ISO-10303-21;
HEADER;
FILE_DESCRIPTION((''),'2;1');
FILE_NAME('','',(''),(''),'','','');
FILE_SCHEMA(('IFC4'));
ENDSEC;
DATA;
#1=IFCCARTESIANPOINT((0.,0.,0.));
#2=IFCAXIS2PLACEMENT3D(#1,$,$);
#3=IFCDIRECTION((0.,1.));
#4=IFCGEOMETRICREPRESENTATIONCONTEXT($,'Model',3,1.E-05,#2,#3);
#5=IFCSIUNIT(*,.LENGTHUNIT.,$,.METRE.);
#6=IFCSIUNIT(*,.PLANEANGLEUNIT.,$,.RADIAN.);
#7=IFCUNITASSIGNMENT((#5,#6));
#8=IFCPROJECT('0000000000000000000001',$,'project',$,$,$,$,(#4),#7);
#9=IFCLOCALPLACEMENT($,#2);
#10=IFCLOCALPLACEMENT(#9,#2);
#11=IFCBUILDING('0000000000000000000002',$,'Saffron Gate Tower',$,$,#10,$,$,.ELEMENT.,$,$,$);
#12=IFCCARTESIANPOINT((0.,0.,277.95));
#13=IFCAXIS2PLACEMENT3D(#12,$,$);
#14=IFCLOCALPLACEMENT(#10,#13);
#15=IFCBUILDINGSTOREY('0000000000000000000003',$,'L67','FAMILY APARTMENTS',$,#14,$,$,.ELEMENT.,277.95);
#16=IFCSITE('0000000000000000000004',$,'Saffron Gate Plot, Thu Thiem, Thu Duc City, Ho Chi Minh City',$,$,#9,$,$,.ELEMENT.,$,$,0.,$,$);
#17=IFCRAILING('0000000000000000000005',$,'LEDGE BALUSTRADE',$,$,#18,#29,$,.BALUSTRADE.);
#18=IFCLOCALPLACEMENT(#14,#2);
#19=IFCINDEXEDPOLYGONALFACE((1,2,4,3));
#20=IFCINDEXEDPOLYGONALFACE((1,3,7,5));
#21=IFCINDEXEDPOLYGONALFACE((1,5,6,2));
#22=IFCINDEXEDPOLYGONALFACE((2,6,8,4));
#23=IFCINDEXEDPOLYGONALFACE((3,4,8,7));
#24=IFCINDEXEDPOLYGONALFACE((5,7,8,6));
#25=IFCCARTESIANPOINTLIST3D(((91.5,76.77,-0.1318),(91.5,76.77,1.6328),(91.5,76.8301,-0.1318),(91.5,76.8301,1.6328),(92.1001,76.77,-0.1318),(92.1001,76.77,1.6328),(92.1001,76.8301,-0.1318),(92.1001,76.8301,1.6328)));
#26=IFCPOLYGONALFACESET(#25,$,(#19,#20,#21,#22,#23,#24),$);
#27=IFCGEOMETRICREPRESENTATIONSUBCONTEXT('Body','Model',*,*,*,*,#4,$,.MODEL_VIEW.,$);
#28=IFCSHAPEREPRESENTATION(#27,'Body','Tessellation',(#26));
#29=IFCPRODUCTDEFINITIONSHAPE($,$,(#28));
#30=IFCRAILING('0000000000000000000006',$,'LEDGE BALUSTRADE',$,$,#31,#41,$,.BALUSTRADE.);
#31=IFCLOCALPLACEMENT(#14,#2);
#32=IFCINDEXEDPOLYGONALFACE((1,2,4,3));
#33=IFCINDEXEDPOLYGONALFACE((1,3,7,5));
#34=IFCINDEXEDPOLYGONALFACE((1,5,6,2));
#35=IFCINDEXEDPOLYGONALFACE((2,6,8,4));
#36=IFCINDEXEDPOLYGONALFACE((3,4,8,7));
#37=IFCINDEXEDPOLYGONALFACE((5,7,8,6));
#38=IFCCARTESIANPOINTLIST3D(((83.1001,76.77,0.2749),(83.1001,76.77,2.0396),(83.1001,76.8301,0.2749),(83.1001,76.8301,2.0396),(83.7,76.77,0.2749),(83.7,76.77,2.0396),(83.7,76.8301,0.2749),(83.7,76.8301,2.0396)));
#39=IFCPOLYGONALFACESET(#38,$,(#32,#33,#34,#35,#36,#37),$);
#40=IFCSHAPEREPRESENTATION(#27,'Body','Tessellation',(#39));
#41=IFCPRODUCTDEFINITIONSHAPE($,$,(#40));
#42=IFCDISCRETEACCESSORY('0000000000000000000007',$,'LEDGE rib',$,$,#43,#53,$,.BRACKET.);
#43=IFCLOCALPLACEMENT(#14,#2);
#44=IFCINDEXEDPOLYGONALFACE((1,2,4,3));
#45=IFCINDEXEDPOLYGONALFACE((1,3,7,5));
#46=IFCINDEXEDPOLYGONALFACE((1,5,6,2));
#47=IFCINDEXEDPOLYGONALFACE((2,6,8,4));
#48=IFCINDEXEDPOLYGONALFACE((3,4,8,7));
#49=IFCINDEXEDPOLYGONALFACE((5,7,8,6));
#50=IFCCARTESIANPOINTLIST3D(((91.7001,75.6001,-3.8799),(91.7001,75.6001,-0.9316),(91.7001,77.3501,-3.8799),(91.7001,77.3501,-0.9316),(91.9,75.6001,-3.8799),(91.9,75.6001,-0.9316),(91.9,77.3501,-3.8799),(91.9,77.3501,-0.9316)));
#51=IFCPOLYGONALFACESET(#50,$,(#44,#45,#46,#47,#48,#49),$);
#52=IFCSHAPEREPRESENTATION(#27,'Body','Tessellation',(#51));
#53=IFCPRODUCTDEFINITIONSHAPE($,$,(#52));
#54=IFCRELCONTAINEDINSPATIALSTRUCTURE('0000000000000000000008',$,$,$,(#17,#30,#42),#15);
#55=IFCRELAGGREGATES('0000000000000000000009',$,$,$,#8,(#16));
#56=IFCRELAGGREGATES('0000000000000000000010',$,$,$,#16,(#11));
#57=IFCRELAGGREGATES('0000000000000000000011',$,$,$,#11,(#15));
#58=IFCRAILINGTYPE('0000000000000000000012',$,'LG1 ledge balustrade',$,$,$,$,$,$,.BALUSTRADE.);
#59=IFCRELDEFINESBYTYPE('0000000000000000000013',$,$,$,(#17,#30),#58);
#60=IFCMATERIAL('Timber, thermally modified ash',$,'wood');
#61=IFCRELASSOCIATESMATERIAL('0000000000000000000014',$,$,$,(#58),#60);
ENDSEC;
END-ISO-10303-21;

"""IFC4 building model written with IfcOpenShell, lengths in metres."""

from ifc_helpers import new_model, si_unit, direction, frame, origin, origin_2d, place, context, subcontext, project, spatial, rectangle, extrude, material, type_object, element, save


model = new_model("IFC4")

# Units and contexts
model_context = context("Model", 3, precision=1e-05, world=origin(), true_north=direction((0.0, 1.0)))
body_context = subcontext(model_context, "Body", "Model", "MODEL_VIEW")
ifc_project = project(units=[si_unit("LENGTHUNIT", "METRE"), si_unit("PLANEANGLEUNIT", "RADIAN")], contexts=[model_context])

# Site, building, storey
site_placement = place(None, origin())
site = spatial("IfcSite", under=ifc_project, at=site_placement, Name="Saffron Gate Plot, Thu Thiem, Thu Duc City, Ho Chi Minh City", CompositionType="ELEMENT", RefElevation=0.0)
building_placement = place(site_placement, origin())
building = spatial("IfcBuilding", under=site, at=building_placement, Name="Saffron Gate Tower", CompositionType="ELEMENT")
storey_placement = place(building_placement, frame((0.0, 0.0, 277.95)))
storey = spatial("IfcBuildingStorey", under=building, at=storey_placement, Name="L67", Description="FAMILY APARTMENTS", CompositionType="ELEMENT", Elevation=277.95)

# Shared definitions
ifc_material_1 = material(Name="Timber, thermally modified ash", Category="wood")

# Railings
railing_type_1 = type_object("IfcRailingType", Name="LG1 ledge balustrade", PredefinedType="BALUSTRADE", material=ifc_material_1)
railing_1_placement = place(storey_placement, frame((92.1001, 76.8, -0.1318)))
element("IfcRailing", 1, at=railing_1_placement, inside=storey, type_object=railing_type_1, Name="LEDGE BALUSTRADE", PredefinedType="BALUSTRADE", context=body_context, shape_type="SweptSolid", body=[
    extrude(rectangle(XDim=0.0601, YDim=1.7646, at=origin_2d()), frame((0.0, 0.0, 0.8823), z_axis=(-1.0, 0.0, 0.0), x_axis=(0.0, -1.0, 0.0)), (0.0, 0.0, 1.0), 0.6001),
])
railing_2_placement = place(storey_placement, frame((83.7, 76.8, 0.2749)))
element("IfcRailing", 2, at=railing_2_placement, inside=storey, type_object=railing_type_1, Name="LEDGE BALUSTRADE", PredefinedType="BALUSTRADE", context=body_context, shape_type="SweptSolid", body=[
    extrude(rectangle(XDim=0.0601, YDim=1.7646, at=origin_2d()), frame((0.0, 0.0, 0.8823), z_axis=(-1.0, 0.0, 0.0), x_axis=(0.0, -1.0, 0.0)), (0.0, 0.0, 1.0), 0.5999),
])

# Discrete accessory
discrete_accessory_placement = place(storey_placement, frame((91.8, 76.4751, -3.8799), z_axis=(0.0, 0.0, 1.0), x_axis=(-1.0, 0.0, 0.0)))
element("IfcDiscreteAccessory", 3, at=discrete_accessory_placement, inside=storey, Name="LEDGE rib", PredefinedType="BRACKET", context=body_context, shape_type="SweptSolid", body=[
    extrude(rectangle(XDim=0.2, YDim=1.75, at=origin_2d()), origin(), (0.0, 0.0, 1.0), 2.9482),
])

save(model, "model.ifc")
